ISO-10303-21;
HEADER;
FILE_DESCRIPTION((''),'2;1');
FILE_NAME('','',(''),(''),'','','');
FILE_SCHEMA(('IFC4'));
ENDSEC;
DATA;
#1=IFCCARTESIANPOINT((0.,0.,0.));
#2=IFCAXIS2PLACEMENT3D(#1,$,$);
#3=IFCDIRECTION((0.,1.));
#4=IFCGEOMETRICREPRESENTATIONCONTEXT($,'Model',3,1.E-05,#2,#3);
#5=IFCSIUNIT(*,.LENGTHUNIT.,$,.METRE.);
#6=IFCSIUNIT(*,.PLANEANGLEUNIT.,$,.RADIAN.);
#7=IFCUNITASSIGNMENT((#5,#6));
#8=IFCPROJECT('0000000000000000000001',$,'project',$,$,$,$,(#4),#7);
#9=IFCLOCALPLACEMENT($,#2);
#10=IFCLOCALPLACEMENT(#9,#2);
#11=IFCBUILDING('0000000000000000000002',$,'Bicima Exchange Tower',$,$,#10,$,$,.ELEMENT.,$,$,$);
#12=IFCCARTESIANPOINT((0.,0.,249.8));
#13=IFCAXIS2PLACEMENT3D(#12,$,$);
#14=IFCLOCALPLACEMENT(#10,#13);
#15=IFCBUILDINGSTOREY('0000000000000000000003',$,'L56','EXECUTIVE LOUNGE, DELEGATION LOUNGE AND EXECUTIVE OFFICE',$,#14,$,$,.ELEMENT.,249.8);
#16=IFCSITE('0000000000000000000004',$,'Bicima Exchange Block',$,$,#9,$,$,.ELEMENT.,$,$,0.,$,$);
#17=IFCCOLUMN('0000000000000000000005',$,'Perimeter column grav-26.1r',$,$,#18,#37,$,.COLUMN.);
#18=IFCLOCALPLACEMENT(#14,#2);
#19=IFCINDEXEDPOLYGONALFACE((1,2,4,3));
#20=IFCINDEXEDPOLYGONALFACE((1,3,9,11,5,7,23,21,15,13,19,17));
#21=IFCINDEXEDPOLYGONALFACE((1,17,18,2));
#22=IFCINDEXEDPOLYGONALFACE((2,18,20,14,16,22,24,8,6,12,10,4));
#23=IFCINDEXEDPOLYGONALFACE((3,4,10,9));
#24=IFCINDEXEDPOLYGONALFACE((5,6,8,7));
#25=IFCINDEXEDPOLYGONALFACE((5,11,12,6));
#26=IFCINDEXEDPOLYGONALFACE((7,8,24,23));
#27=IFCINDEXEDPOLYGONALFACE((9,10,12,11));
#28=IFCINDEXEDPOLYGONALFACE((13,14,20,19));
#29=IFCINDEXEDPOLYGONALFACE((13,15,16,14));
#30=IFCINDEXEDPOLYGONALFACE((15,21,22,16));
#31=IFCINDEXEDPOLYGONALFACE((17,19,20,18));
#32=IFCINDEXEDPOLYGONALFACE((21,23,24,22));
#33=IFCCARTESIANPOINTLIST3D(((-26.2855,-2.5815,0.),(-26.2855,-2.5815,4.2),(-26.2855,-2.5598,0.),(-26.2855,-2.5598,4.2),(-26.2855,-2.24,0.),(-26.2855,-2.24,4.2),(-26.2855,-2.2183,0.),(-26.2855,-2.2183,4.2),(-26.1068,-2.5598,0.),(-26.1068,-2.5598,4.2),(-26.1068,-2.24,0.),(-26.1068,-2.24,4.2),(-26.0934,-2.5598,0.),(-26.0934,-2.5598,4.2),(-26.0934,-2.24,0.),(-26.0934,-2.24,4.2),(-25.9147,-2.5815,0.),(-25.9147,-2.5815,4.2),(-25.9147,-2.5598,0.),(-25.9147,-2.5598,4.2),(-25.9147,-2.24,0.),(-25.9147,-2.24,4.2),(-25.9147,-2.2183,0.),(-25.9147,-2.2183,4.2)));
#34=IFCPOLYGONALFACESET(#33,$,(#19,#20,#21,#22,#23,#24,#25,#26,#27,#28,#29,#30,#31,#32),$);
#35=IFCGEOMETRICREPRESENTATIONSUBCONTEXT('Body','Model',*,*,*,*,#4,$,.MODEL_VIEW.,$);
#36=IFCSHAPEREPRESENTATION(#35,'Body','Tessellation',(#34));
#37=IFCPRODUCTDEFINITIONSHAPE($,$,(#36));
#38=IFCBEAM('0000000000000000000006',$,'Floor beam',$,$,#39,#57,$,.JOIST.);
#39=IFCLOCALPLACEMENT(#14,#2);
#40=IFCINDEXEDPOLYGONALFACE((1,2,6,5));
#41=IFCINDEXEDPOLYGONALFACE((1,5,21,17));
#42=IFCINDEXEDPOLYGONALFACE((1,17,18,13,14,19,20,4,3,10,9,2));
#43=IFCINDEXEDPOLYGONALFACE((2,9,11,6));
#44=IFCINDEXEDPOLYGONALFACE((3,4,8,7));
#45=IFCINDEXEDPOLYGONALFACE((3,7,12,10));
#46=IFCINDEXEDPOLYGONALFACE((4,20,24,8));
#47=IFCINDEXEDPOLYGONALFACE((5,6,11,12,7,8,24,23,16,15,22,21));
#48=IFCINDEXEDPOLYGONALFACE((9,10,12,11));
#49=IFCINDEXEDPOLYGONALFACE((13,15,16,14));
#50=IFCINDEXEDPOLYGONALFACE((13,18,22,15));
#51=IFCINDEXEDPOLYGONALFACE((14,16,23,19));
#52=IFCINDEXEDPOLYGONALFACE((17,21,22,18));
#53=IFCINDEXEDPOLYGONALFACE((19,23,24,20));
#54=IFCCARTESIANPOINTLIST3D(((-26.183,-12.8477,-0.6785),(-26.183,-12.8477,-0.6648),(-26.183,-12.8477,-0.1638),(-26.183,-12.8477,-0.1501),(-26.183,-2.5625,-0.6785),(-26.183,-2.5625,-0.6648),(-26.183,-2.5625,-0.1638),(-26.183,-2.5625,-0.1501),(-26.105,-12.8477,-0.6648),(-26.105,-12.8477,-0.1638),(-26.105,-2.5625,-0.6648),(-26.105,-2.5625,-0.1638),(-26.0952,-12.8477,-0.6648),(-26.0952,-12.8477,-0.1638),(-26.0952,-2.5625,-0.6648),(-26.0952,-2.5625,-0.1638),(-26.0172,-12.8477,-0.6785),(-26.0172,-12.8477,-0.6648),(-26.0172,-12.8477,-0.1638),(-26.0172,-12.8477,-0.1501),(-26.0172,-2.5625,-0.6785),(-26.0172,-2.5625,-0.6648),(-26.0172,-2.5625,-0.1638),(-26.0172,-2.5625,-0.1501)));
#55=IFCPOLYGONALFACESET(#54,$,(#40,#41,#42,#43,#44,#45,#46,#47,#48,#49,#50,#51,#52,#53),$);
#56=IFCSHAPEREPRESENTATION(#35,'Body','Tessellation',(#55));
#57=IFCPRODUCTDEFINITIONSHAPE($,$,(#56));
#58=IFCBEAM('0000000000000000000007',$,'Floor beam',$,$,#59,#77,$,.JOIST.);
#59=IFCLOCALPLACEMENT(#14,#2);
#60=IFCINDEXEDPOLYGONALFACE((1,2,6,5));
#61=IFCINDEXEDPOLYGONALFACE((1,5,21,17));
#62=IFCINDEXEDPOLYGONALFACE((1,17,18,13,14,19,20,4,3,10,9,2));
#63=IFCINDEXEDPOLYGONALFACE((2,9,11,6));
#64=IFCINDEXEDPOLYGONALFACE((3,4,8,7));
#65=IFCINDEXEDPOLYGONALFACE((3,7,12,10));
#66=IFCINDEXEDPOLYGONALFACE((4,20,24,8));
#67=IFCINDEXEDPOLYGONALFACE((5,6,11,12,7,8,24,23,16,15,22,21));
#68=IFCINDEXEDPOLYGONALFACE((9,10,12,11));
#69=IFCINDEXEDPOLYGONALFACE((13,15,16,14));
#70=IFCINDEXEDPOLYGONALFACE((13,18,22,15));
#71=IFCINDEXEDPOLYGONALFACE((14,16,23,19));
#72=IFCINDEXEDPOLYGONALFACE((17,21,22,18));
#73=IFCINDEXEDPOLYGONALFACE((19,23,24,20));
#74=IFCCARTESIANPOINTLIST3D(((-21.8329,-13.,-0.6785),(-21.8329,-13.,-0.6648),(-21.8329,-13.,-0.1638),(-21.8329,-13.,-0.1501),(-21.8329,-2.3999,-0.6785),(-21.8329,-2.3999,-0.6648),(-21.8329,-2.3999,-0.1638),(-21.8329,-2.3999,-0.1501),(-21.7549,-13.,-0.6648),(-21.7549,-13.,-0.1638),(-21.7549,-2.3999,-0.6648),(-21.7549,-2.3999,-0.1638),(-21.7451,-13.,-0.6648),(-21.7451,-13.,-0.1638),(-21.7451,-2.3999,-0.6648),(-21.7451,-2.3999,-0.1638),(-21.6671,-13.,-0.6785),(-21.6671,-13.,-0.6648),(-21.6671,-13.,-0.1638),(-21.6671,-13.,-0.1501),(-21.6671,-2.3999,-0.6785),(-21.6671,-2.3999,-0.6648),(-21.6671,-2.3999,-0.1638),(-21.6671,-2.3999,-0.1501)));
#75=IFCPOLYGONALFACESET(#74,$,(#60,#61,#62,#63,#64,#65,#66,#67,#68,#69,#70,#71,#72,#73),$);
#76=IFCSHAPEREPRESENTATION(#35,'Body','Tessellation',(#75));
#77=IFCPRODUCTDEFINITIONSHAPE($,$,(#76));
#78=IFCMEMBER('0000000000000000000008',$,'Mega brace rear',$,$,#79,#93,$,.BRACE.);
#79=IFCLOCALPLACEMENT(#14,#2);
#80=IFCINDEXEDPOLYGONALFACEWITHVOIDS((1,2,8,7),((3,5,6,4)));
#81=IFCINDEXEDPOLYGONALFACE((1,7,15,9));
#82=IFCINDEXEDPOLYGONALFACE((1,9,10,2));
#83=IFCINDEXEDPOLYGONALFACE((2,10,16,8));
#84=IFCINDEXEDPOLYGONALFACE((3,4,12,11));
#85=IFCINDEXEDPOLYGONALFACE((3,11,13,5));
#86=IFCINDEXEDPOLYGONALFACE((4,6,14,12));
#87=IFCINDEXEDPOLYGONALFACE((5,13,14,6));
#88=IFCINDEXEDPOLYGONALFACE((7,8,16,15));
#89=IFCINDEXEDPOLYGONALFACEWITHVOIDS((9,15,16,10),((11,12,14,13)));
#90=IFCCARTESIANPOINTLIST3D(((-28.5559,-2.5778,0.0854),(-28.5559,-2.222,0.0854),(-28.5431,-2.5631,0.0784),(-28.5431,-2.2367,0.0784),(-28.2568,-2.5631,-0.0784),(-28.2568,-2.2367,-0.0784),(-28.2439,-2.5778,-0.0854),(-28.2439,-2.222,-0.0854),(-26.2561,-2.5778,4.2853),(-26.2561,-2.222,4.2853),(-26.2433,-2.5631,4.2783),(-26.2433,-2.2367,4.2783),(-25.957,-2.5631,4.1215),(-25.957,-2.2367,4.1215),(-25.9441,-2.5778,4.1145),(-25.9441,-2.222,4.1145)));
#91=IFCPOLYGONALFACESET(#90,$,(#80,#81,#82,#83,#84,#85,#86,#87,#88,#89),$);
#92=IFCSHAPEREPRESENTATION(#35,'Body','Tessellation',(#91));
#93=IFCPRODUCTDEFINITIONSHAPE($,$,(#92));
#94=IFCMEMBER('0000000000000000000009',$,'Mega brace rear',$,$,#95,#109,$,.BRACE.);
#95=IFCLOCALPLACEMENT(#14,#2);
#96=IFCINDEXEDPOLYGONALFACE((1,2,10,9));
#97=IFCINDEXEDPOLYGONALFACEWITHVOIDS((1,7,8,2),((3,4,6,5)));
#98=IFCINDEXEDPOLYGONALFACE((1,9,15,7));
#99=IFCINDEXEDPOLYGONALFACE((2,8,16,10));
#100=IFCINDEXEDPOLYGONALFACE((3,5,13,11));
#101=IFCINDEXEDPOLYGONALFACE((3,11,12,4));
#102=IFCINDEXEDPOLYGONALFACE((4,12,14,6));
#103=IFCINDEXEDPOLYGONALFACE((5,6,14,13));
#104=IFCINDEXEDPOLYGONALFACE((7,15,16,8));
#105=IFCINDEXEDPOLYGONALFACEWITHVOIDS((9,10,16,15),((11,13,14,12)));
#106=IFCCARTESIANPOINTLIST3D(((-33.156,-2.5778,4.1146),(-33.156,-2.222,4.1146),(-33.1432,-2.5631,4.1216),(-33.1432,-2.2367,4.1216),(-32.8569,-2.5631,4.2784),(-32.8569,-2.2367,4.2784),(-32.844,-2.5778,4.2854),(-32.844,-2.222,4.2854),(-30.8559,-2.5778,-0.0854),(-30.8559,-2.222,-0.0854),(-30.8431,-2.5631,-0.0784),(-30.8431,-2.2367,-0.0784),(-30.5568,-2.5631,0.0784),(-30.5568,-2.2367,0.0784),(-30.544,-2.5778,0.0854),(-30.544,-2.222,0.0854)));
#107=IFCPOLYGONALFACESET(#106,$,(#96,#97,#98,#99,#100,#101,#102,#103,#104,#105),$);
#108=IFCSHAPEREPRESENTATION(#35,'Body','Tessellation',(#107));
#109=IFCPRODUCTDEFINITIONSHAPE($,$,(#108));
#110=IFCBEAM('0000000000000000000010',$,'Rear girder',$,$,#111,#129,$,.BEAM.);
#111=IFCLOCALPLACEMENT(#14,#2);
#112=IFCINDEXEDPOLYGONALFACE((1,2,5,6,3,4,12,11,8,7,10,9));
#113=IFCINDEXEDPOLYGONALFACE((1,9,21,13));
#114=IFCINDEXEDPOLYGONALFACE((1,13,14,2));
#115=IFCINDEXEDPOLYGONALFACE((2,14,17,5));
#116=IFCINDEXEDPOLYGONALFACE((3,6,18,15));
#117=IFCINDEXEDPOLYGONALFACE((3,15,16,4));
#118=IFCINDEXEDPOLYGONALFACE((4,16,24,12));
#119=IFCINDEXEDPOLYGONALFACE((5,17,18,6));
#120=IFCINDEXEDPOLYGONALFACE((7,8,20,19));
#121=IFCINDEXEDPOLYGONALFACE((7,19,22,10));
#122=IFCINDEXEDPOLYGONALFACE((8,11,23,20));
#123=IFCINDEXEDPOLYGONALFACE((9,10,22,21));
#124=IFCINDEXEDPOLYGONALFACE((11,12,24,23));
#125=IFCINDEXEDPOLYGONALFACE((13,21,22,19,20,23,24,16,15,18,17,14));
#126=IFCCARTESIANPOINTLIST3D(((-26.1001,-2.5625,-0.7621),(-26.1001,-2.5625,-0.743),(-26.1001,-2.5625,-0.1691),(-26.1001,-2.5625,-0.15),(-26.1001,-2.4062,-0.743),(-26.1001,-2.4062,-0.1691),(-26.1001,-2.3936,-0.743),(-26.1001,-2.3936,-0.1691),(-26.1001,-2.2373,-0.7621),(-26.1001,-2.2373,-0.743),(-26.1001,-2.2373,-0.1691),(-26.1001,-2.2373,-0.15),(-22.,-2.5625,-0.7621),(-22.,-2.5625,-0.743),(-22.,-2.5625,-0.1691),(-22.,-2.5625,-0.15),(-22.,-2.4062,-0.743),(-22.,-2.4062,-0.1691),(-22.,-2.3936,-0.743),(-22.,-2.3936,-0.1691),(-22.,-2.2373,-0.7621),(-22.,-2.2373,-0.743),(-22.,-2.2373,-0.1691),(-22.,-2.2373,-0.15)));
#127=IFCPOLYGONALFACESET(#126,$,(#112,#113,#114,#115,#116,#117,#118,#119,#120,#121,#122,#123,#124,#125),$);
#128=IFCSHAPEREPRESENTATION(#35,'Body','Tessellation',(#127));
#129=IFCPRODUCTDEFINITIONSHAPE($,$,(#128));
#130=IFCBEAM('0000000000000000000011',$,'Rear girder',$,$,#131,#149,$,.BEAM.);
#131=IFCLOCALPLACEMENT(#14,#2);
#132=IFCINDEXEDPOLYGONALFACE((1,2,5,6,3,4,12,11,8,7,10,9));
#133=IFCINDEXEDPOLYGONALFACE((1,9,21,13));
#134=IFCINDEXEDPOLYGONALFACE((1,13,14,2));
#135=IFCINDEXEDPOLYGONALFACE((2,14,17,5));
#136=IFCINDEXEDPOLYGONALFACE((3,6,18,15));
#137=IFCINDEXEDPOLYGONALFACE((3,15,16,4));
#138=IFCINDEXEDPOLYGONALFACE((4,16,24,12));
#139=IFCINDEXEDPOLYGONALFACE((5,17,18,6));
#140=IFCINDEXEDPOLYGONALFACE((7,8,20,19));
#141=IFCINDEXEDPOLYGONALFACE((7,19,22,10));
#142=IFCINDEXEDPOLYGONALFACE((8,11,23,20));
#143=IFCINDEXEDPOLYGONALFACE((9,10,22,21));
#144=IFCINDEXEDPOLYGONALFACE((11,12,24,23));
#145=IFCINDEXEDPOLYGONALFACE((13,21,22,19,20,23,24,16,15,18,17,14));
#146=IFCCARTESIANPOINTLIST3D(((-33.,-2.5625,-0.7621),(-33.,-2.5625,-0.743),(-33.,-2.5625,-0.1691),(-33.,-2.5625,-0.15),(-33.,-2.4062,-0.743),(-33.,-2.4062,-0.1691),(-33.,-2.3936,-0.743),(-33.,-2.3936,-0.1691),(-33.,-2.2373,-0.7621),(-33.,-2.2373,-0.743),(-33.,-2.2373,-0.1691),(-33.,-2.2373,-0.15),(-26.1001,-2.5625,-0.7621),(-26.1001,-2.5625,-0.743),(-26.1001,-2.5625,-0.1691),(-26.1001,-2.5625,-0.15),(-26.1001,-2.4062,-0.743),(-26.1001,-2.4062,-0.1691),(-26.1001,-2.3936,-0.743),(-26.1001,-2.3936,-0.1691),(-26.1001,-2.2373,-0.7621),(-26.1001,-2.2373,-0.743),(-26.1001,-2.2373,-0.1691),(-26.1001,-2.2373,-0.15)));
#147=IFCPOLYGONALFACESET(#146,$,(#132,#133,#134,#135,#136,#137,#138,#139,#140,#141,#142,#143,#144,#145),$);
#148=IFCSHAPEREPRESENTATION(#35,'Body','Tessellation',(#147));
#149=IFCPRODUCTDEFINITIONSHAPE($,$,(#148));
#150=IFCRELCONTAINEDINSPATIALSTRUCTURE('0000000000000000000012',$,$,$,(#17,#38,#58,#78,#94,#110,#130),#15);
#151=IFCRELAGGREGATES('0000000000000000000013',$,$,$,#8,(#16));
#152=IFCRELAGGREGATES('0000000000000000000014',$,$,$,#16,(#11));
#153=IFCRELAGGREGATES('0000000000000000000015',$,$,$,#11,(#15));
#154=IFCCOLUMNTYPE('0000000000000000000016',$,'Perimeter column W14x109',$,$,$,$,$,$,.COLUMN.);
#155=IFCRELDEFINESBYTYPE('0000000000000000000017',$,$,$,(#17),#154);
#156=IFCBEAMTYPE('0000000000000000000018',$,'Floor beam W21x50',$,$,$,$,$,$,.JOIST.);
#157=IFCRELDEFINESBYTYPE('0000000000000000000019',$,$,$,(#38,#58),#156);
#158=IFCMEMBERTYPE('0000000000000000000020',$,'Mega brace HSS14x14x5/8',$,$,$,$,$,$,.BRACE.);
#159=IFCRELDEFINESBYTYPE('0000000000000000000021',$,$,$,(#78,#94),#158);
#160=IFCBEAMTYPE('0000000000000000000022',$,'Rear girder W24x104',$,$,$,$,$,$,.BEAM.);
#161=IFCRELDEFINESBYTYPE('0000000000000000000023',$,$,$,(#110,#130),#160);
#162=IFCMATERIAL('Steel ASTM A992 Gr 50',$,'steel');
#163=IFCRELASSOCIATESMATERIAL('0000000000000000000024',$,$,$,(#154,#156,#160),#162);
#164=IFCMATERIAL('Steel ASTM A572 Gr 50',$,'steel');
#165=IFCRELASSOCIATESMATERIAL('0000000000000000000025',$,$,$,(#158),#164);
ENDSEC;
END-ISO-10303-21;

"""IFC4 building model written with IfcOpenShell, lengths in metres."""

from ifc_helpers import new_model, si_unit, direction, frame, origin, origin_2d, place, context, subcontext, project, spatial, hollow_rectangle, i_section, extrude, material, material_profile, profile_set, type_object, element, save


model = new_model("IFC4")

# Units and contexts
model_context = context("Model", 3, precision=1e-05, world=origin(), true_north=direction((0.0, 1.0)))
body_context = subcontext(model_context, "Body", "Model", "MODEL_VIEW")
ifc_project = project(units=[si_unit("LENGTHUNIT", "METRE"), si_unit("PLANEANGLEUNIT", "RADIAN")], contexts=[model_context])

# Site, building, storey
site_placement = place(None, origin())
site = spatial("IfcSite", under=ifc_project, at=site_placement, Name="Bicima Exchange Block", CompositionType="ELEMENT", RefElevation=0.0)
building_placement = place(site_placement, origin())
building = spatial("IfcBuilding", under=site, at=building_placement, Name="Bicima Exchange Tower", CompositionType="ELEMENT")
storey_placement = place(building_placement, frame((0.0, 0.0, 249.8)))
storey = spatial("IfcBuildingStorey", under=building, at=storey_placement, Name="L56", Description="EXECUTIVE LOUNGE, DELEGATION LOUNGE AND EXECUTIVE OFFICE", CompositionType="ELEMENT", Elevation=249.8)

# Column
ifc_material_1 = material(Name="Steel ASTM A992 Gr 50", Category="steel")
ifc_material_profile_1 = material_profile(ifc_material_1, i_section(OverallWidth=0.3708, OverallDepth=0.3633, WebThickness=0.0134, FlangeThickness=0.0217, at=origin_2d()))
ifc_profile_set_1 = profile_set([ifc_material_profile_1], Name="Steel ASTM A992 Gr 50")
column_type = type_object("IfcColumnType", Name="Perimeter column W14x109", PredefinedType="COLUMN", material=ifc_profile_set_1)
column_placement = place(storey_placement, frame((-26.1001, -2.3999, 0.0), z_axis=(0.0, 0.0, 1.0), x_axis=(1.0, 0.0, 0.0)))
element("IfcColumn", 1, at=column_placement, inside=storey, type_object=column_type, Name="Perimeter column grav-26.1r", PredefinedType="COLUMN", context=body_context, shape_type="SweptSolid", body=[
    extrude(i_section(OverallWidth=0.3708, OverallDepth=0.3633, WebThickness=0.0134, FlangeThickness=0.0217, at=origin_2d()), origin(), (0.0, 0.0, 1.0), 4.2),
])

# Beams
ifc_material_profile_2 = material_profile(ifc_material_1, i_section(OverallWidth=0.1658, OverallDepth=0.5283, WebThickness=0.0098, FlangeThickness=0.0137, at=origin_2d()))
ifc_profile_set_2 = profile_set([ifc_material_profile_2], Name="Steel ASTM A992 Gr 50")
beam_type_1 = type_object("IfcBeamType", Name="Floor beam W21x50", PredefinedType="JOIST", material=ifc_profile_set_2)
beam_1_placement = place(storey_placement, frame((-26.1001, -2.5625, -0.4143), z_axis=(0.0, -1.0, 0.0), x_axis=(1.0, 0.0, 0.0)))
element("IfcBeam", 2, at=beam_1_placement, inside=storey, type_object=beam_type_1, Name="Floor beam", PredefinedType="JOIST", context=body_context, shape_type="SweptSolid", body=[
    extrude(i_section(OverallWidth=0.1658, OverallDepth=0.5283, WebThickness=0.0098, FlangeThickness=0.0137, at=origin_2d()), origin(), (0.0, 0.0, 1.0), 10.2852),
])
beam_2_placement = place(storey_placement, frame((-21.75, -2.3999, -0.4143), z_axis=(0.0, -1.0, 0.0), x_axis=(1.0, 0.0, 0.0)))
element("IfcBeam", 3, at=beam_2_placement, inside=storey, type_object=beam_type_1, Name="Floor beam", PredefinedType="JOIST", context=body_context, shape_type="SweptSolid", body=[
    extrude(i_section(OverallWidth=0.1658, OverallDepth=0.5283, WebThickness=0.0098, FlangeThickness=0.0137, at=origin_2d()), origin(), (0.0, 0.0, 1.0), 10.6001),
])

# Members
ifc_material_2 = material(Name="Steel ASTM A572 Gr 50", Category="steel")
ifc_material_profile_3 = material_profile(ifc_material_2, hollow_rectangle(XDim=0.3557, YDim=0.3557, WallThickness=0.0146, at=origin_2d()))
ifc_profile_set_3 = profile_set([ifc_material_profile_3], Name="Steel ASTM A572 Gr 50")
member_type = type_object("IfcMemberType", Name="Mega brace HSS14x14x5/8", PredefinedType="BRACE", material=ifc_profile_set_3)
member_1_placement = place(storey_placement, frame((-28.3999, -2.3999, 0.0), z_axis=(0.480288, 0.0, 0.877111), x_axis=(0.0, 1.0, 0.0)))
element("IfcMember", 4, at=member_1_placement, inside=storey, type_object=member_type, Name="Mega brace rear", PredefinedType="BRACE", context=body_context, shape_type="SweptSolid", body=[
    extrude(hollow_rectangle(XDim=0.3557, YDim=0.3557, WallThickness=0.0146, at=origin_2d()), origin(), (0.0, 0.0, 1.0), 4.7883),
])
member_2_placement = place(storey_placement, frame((-30.7, -2.3999, 0.0), z_axis=(-0.480327, 0.0, 0.87709), x_axis=(0.0, -1.0, 0.0)))
element("IfcMember", 5, at=member_2_placement, inside=storey, type_object=member_type, Name="Mega brace rear", PredefinedType="BRACE", context=body_context, shape_type="SweptSolid", body=[
    extrude(hollow_rectangle(XDim=0.3557, YDim=0.3557, WallThickness=0.0146, at=origin_2d()), origin(), (0.0, 0.0, 1.0), 4.7886),
])

# Beams
ifc_material_profile_4 = material_profile(ifc_material_1, i_section(OverallWidth=0.3252, OverallDepth=0.6121, WebThickness=0.0127, FlangeThickness=0.019, at=origin_2d()))
ifc_profile_set_4 = profile_set([ifc_material_profile_4], Name="Steel ASTM A992 Gr 50")
beam_type_2 = type_object("IfcBeamType", Name="Rear girder W24x104", PredefinedType="BEAM", material=ifc_profile_set_4)
beam_3_placement = place(storey_placement, frame((-22.0, -2.3999, -0.4561), z_axis=(-1.0, 0.0, 0.0), x_axis=(0.0, -1.0, 0.0)))
element("IfcBeam", 6, at=beam_3_placement, inside=storey, type_object=beam_type_2, Name="Rear girder", PredefinedType="BEAM", context=body_context, shape_type="SweptSolid", body=[
    extrude(i_section(OverallWidth=0.3252, OverallDepth=0.6121, WebThickness=0.0127, FlangeThickness=0.019, at=origin_2d()), origin(), (0.0, 0.0, 1.0), 4.1001),
])
beam_4_placement = place(storey_placement, frame((-26.1001, -2.3999, -0.4561), z_axis=(-1.0, 0.0, 0.0), x_axis=(0.0, -1.0, 0.0)))
element("IfcBeam", 7, at=beam_4_placement, inside=storey, type_object=beam_type_2, Name="Rear girder", PredefinedType="BEAM", context=body_context, shape_type="SweptSolid", body=[
    extrude(i_section(OverallWidth=0.3252, OverallDepth=0.6121, WebThickness=0.0127, FlangeThickness=0.019, at=origin_2d()), origin(), (0.0, 0.0, 1.0), 6.8999),
])

save(model, "model.ifc")
